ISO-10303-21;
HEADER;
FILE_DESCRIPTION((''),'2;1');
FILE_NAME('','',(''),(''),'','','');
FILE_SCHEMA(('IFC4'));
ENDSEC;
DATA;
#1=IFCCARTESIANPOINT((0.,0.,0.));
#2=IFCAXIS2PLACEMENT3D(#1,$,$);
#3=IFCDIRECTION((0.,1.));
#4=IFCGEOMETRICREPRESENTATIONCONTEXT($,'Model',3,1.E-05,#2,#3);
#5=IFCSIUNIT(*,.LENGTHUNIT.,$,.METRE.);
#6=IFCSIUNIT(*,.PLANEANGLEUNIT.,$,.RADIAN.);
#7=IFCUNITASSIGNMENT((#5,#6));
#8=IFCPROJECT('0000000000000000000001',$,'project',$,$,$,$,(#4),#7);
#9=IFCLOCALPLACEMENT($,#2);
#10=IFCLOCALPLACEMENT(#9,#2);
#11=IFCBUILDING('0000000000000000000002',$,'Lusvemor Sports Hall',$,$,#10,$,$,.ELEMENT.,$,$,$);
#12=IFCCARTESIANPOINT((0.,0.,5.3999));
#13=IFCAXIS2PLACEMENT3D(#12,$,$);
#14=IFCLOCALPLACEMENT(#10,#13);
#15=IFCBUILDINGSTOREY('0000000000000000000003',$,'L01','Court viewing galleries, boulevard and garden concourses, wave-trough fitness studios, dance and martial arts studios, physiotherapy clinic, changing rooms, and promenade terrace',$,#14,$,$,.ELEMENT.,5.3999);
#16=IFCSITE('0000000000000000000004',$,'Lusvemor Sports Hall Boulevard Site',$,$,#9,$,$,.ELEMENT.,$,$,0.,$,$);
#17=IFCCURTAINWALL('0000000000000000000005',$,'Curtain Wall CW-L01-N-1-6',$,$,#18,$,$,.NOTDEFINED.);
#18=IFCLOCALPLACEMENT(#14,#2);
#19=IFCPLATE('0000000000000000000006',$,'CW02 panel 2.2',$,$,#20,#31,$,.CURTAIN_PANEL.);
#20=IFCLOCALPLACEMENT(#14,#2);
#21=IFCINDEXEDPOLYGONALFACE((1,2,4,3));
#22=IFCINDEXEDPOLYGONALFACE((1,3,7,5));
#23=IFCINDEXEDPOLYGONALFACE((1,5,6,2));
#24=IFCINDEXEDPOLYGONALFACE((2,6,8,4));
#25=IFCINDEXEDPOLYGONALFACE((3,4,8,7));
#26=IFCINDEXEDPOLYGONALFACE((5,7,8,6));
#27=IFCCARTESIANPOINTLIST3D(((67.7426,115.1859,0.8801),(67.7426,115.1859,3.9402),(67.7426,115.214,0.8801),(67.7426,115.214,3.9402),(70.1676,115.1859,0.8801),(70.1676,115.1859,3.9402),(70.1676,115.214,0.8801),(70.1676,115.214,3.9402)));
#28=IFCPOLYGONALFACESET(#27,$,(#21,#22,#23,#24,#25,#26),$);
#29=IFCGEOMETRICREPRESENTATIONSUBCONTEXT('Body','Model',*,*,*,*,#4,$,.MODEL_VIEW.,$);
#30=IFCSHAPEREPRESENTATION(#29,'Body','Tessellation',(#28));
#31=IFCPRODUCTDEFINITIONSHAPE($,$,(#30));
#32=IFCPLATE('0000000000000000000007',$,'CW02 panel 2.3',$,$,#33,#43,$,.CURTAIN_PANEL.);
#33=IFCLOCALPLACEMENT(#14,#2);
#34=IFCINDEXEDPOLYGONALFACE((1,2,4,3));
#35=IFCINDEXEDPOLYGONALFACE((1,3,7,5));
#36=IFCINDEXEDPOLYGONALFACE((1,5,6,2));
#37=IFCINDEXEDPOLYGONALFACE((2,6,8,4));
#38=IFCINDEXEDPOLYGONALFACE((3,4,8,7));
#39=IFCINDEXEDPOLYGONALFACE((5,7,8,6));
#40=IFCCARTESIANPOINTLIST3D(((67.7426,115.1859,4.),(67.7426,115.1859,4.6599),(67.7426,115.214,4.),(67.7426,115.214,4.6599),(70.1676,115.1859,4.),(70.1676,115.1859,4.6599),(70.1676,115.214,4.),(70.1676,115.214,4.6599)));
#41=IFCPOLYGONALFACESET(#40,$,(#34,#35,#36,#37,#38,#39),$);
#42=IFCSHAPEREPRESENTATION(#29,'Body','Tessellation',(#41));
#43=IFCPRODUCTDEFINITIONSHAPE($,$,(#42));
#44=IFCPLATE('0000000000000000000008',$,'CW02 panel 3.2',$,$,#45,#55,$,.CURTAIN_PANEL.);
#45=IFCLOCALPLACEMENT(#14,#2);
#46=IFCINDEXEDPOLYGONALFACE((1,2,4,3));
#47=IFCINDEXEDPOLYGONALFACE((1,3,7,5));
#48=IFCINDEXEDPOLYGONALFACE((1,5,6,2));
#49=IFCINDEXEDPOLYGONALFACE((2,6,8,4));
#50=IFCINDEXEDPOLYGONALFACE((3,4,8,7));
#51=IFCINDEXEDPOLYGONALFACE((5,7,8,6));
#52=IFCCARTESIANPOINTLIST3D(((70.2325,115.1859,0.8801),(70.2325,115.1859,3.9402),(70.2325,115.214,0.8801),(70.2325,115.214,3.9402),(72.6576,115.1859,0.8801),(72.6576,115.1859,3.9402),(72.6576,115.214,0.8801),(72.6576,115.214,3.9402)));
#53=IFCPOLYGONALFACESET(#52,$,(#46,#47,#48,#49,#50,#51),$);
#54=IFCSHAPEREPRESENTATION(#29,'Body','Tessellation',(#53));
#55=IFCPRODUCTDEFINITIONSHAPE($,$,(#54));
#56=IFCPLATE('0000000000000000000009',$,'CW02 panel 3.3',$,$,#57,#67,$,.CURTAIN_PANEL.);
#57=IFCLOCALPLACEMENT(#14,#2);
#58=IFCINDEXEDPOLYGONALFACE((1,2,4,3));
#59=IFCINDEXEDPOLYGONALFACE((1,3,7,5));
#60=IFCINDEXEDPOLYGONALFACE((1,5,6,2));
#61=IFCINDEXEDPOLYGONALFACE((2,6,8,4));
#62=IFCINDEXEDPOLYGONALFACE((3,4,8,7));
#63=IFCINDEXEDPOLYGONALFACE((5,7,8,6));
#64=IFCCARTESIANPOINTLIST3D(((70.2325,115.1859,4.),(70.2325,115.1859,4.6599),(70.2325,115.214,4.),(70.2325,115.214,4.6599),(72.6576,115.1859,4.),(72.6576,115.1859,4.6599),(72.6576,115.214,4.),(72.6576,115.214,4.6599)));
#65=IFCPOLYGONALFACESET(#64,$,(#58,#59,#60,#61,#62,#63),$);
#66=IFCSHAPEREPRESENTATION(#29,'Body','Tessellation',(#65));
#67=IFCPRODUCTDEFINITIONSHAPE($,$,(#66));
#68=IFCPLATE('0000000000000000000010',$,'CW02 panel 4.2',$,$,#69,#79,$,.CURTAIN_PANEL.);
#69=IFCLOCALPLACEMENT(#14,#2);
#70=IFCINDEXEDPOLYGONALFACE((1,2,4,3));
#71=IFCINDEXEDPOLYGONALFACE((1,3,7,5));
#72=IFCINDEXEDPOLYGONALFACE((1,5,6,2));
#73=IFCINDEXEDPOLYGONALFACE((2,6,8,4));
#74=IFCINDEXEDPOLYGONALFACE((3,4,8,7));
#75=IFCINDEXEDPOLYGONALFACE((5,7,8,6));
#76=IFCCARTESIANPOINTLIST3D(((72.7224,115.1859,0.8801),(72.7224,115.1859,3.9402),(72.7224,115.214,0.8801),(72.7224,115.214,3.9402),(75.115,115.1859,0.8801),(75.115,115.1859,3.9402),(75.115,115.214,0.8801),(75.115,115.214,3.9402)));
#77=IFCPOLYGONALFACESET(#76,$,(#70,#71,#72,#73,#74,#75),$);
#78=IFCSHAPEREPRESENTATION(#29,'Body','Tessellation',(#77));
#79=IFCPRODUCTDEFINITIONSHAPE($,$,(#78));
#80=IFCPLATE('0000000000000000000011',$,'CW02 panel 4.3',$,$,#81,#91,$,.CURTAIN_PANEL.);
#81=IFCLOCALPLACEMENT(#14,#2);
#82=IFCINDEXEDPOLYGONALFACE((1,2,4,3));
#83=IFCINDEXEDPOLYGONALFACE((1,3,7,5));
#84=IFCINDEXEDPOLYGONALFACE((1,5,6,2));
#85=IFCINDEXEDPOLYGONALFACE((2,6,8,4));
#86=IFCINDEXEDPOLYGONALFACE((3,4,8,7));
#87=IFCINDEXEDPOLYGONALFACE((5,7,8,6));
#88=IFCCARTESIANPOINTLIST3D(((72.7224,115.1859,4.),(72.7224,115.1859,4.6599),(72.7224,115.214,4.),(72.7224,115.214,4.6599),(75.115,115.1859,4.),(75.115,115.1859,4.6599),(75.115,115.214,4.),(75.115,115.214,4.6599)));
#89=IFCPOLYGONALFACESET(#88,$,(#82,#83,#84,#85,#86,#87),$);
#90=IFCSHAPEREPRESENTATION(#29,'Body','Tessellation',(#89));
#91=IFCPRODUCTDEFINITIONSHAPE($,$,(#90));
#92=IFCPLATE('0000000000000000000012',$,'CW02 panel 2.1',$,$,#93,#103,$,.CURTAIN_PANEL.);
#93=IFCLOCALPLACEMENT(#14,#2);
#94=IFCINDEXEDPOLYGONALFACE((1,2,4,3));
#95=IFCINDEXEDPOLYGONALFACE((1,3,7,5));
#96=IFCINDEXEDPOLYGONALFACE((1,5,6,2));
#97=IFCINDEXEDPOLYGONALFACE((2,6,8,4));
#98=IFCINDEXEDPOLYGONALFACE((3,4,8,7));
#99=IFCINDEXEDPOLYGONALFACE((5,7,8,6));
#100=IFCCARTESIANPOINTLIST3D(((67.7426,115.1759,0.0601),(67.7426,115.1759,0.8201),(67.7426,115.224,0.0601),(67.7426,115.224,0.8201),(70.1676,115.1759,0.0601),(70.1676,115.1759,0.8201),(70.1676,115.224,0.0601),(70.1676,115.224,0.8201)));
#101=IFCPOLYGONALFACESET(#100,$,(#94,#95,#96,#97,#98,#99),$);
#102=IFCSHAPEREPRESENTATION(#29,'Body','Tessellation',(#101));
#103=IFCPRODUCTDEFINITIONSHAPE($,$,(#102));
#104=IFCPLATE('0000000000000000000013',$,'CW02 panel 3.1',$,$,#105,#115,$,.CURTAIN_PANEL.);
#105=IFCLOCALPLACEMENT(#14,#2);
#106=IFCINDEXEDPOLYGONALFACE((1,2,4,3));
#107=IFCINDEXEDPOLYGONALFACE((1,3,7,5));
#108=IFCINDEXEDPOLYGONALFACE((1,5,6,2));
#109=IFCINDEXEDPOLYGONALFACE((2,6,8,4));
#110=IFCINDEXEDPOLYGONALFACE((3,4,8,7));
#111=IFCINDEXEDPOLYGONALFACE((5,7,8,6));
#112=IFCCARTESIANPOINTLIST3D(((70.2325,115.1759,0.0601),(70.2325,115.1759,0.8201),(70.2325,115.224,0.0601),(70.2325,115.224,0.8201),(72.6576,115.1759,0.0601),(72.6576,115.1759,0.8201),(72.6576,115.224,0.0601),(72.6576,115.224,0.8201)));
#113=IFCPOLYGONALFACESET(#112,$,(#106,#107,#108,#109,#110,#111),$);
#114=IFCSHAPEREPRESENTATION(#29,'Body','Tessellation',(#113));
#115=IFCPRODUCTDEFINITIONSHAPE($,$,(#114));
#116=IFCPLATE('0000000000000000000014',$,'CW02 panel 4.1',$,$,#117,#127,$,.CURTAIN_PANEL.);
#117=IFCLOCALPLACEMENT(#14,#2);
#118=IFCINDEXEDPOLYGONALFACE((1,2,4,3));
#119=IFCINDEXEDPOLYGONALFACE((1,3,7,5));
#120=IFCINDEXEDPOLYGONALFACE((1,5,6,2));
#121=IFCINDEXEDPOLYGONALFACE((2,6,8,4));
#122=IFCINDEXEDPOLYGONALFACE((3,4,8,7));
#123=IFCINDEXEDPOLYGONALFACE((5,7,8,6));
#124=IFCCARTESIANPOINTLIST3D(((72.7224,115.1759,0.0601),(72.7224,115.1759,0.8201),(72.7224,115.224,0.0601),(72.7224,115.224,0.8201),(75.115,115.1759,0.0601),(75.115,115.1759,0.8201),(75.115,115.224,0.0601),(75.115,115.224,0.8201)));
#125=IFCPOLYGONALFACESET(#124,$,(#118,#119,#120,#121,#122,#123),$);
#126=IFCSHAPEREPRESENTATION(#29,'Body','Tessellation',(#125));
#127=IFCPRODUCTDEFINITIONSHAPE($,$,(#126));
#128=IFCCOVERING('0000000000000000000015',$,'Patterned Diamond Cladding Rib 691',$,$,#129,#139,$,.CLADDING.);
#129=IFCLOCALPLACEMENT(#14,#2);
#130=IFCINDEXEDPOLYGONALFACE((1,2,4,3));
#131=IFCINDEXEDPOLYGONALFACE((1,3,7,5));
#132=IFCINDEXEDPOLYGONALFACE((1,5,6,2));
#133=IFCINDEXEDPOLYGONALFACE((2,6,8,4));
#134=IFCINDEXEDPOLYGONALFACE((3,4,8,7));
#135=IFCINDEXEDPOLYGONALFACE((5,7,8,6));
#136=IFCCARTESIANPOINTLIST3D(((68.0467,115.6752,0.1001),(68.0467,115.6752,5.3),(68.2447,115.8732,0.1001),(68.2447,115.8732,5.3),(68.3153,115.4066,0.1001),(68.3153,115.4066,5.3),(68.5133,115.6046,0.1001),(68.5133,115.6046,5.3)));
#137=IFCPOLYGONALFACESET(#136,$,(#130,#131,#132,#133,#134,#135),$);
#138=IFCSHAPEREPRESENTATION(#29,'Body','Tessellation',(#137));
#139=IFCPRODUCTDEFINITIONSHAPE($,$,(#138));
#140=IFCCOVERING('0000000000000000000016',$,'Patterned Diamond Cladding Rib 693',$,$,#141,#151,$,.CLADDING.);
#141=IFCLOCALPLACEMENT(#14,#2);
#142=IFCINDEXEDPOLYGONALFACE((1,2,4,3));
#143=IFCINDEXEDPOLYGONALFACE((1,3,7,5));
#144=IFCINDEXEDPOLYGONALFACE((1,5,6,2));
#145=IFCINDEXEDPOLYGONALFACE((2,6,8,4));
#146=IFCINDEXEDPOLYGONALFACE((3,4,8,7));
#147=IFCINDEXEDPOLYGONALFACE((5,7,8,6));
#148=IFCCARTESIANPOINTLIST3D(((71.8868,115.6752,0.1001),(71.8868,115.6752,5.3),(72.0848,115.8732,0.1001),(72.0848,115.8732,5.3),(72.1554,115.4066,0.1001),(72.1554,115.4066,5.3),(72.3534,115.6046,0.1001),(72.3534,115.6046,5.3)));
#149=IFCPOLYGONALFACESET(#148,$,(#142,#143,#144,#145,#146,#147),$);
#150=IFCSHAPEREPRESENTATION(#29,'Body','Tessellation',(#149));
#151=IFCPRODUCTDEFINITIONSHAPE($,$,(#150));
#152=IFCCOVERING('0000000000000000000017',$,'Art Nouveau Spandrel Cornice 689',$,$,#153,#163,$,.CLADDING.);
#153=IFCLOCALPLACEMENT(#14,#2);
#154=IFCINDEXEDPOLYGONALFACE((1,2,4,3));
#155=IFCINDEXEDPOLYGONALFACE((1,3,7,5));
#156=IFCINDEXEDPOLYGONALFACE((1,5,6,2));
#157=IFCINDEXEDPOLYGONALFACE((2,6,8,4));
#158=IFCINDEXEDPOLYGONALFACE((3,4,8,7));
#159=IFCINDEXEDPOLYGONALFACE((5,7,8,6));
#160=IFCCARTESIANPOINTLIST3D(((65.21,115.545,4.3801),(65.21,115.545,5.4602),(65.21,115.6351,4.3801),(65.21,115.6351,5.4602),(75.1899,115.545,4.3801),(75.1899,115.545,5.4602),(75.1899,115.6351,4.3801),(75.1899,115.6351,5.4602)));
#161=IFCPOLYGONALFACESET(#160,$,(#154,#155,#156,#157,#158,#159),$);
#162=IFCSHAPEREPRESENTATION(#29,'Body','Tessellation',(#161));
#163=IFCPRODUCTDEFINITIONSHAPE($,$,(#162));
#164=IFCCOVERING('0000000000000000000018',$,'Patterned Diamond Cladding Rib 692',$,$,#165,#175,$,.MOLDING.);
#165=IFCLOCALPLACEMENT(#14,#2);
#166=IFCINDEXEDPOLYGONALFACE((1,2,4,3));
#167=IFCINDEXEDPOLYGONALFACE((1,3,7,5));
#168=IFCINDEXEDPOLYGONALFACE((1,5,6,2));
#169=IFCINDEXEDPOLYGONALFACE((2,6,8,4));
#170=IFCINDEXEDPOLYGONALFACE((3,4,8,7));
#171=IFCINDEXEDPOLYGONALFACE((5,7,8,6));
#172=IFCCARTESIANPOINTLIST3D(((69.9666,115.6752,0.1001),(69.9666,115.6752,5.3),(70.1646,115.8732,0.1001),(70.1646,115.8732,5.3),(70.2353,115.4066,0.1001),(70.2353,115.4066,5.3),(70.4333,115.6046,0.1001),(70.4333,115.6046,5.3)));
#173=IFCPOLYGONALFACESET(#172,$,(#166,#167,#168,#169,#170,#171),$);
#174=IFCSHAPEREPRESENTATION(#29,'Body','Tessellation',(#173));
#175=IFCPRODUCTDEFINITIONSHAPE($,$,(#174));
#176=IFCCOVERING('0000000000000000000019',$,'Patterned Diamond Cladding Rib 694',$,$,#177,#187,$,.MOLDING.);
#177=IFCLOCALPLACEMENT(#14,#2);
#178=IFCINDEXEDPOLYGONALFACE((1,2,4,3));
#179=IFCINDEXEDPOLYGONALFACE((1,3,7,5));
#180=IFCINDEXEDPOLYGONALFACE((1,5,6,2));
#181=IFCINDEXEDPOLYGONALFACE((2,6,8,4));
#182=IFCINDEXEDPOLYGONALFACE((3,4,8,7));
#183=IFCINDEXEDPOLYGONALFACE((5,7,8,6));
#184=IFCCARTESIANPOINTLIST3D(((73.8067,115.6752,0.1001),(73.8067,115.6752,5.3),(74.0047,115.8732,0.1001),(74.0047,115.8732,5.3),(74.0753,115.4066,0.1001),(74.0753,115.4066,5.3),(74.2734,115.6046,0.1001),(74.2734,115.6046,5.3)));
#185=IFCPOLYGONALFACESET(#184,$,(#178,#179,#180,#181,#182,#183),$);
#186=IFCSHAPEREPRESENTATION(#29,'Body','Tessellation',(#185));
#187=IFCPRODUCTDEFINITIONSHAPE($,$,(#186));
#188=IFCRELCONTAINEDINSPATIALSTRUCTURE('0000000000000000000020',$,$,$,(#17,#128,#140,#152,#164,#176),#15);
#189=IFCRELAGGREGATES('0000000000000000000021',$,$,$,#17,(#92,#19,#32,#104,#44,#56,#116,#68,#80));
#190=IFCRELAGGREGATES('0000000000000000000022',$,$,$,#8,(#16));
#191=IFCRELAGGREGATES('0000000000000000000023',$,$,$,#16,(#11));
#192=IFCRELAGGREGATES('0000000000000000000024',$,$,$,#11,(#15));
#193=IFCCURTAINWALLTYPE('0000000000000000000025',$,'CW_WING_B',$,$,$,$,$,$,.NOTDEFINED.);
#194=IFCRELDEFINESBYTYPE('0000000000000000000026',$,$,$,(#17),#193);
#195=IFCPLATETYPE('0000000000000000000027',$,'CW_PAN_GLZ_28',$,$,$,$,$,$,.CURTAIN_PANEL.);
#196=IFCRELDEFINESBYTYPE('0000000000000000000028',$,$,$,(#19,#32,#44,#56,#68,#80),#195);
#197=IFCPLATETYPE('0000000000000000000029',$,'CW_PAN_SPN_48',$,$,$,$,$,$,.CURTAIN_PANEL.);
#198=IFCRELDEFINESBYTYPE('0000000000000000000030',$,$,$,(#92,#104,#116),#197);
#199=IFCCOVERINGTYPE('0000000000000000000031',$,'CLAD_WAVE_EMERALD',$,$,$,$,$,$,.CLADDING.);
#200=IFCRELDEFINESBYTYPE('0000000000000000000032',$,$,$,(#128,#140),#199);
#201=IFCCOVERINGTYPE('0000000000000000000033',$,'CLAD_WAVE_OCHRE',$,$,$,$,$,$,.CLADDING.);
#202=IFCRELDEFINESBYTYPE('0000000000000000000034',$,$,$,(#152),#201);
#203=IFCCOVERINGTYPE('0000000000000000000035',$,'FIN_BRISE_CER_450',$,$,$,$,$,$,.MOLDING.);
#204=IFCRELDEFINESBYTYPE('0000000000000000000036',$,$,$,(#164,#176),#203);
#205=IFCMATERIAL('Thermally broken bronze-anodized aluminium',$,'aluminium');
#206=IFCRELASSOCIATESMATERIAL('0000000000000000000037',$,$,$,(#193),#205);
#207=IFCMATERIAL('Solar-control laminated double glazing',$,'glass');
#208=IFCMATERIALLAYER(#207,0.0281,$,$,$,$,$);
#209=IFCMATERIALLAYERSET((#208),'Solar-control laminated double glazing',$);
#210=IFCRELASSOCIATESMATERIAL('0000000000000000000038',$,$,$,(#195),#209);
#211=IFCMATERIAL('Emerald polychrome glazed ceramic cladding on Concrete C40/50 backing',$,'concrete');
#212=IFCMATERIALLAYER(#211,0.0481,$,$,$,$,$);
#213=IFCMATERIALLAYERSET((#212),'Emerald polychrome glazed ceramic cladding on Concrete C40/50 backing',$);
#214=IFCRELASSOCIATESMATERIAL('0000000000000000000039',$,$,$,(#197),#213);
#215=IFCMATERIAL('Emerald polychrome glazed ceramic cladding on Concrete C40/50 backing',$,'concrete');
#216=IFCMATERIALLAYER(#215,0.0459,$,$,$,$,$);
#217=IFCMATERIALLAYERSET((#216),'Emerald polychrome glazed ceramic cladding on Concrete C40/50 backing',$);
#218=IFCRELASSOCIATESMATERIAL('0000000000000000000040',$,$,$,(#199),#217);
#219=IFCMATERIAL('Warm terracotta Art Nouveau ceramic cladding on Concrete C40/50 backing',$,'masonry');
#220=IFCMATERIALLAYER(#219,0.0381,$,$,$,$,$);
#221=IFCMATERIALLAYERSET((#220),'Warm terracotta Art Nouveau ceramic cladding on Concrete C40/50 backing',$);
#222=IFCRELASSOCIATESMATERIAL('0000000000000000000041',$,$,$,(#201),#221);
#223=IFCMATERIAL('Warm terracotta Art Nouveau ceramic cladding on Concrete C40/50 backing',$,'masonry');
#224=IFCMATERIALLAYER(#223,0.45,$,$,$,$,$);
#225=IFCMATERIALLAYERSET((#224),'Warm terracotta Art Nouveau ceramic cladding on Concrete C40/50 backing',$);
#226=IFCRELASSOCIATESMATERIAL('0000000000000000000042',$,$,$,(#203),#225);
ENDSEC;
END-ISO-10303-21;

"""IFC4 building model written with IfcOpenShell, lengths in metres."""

from ifc_helpers import new_model, si_unit, direction, frame, origin, origin_2d, place, context, subcontext, project, spatial, rectangle, extrude, material, layer, layer_set, type_object, element, aggregate, save


model = new_model("IFC4")

# Units and contexts
model_context = context("Model", 3, precision=1e-05, world=origin(), true_north=direction((0.0, 1.0)))
body_context = subcontext(model_context, "Body", "Model", "MODEL_VIEW")
ifc_project = project(units=[si_unit("LENGTHUNIT", "METRE"), si_unit("PLANEANGLEUNIT", "RADIAN")], contexts=[model_context])

# Site, building, storey
site_placement = place(None, origin())
site = spatial("IfcSite", under=ifc_project, at=site_placement, Name="Lusvemor Sports Hall Boulevard Site", CompositionType="ELEMENT", RefElevation=0.0)
building_placement = place(site_placement, origin())
building = spatial("IfcBuilding", under=site, at=building_placement, Name="Lusvemor Sports Hall", CompositionType="ELEMENT")
storey_placement = place(building_placement, frame((0.0, 0.0, 5.3999)))
storey = spatial("IfcBuildingStorey", under=building, at=storey_placement, Name="L01", Description="Court viewing galleries, boulevard and garden concourses, wave-trough fitness studios, dance and martial arts studios, physiotherapy clinic, changing rooms, and promenade terrace", CompositionType="ELEMENT", Elevation=5.3999)

# Curtain wall
ifc_material_1 = material(Name="Thermally broken bronze-anodized aluminium", Category="aluminium")
curtain_wall_type = type_object("IfcCurtainWallType", Name="CW_WING_B", PredefinedType="NOTDEFINED", material=ifc_material_1)
curtain_wall_placement = place(storey_placement, origin())
curtain_wall = element("IfcCurtainWall", 1, at=curtain_wall_placement, inside=storey, type_object=curtain_wall_type, Name="Curtain Wall CW-L01-N-1-6", PredefinedType="NOTDEFINED")

# Plates
ifc_material_2 = material(Name="Solar-control laminated double glazing", Category="glass")
ifc_layer_1 = layer(ifc_material_2, 0.0281)
ifc_layer_set_1 = layer_set([ifc_layer_1], Name="Solar-control laminated double glazing")
plate_type_1 = type_object("IfcPlateType", Name="CW_PAN_GLZ_28", PredefinedType="CURTAIN_PANEL", material=ifc_layer_set_1)
plate_1_placement = place(storey_placement, frame((68.9551, 115.2, 0.8801), z_axis=(0.0, 0.0, 1.0), x_axis=(1.0, 0.0, 0.0)))
plate_1 = element("IfcPlate", 2, at=plate_1_placement, type_object=plate_type_1, Name="CW02 panel 2.2", PredefinedType="CURTAIN_PANEL", context=body_context, shape_type="SweptSolid", body=[
    extrude(rectangle(XDim=2.425, YDim=0.0281, at=origin_2d()), origin(), (0.0, 0.0, 1.0), 3.0601),
])
plate_2_placement = place(storey_placement, frame((68.9551, 115.2, 4.0), z_axis=(0.0, 0.0, 1.0), x_axis=(1.0, 0.0, 0.0)))
plate_2 = element("IfcPlate", 3, at=plate_2_placement, type_object=plate_type_1, Name="CW02 panel 2.3", PredefinedType="CURTAIN_PANEL", context=body_context, shape_type="SweptSolid", body=[
    extrude(rectangle(XDim=2.425, YDim=0.0281, at=origin_2d()), origin(), (0.0, 0.0, 1.0), 0.6599),
])
plate_3_placement = place(storey_placement, frame((71.4451, 115.2, 0.8801), z_axis=(0.0, 0.0, 1.0), x_axis=(1.0, 0.0, 0.0)))
plate_3 = element("IfcPlate", 4, at=plate_3_placement, type_object=plate_type_1, Name="CW02 panel 3.2", PredefinedType="CURTAIN_PANEL", context=body_context, shape_type="SweptSolid", body=[
    extrude(rectangle(XDim=2.425, YDim=0.0281, at=origin_2d()), origin(), (0.0, 0.0, 1.0), 3.0601),
])
plate_4_placement = place(storey_placement, frame((71.4451, 115.2, 4.0), z_axis=(0.0, 0.0, 1.0), x_axis=(1.0, 0.0, 0.0)))
plate_4 = element("IfcPlate", 5, at=plate_4_placement, type_object=plate_type_1, Name="CW02 panel 3.3", PredefinedType="CURTAIN_PANEL", context=body_context, shape_type="SweptSolid", body=[
    extrude(rectangle(XDim=2.425, YDim=0.0281, at=origin_2d()), origin(), (0.0, 0.0, 1.0), 0.6599),
])
plate_5_placement = place(storey_placement, frame((73.9187, 115.2, 0.8801), z_axis=(0.0, 0.0, 1.0), x_axis=(1.0, 0.0, 0.0)))
plate_5 = element("IfcPlate", 6, at=plate_5_placement, type_object=plate_type_1, Name="CW02 panel 4.2", PredefinedType="CURTAIN_PANEL", context=body_context, shape_type="SweptSolid", body=[
    extrude(rectangle(XDim=2.3926, YDim=0.0281, at=origin_2d()), origin(), (0.0, 0.0, 1.0), 3.0601),
])
plate_6_placement = place(storey_placement, frame((73.9187, 115.2, 4.0), z_axis=(0.0, 0.0, 1.0), x_axis=(1.0, 0.0, 0.0)))
plate_6 = element("IfcPlate", 7, at=plate_6_placement, type_object=plate_type_1, Name="CW02 panel 4.3", PredefinedType="CURTAIN_PANEL", context=body_context, shape_type="SweptSolid", body=[
    extrude(rectangle(XDim=2.3926, YDim=0.0281, at=origin_2d()), origin(), (0.0, 0.0, 1.0), 0.6599),
])
ifc_material_3 = material(Name="Emerald polychrome glazed ceramic cladding on Concrete C40/50 backing", Category="concrete")
ifc_layer_2 = layer(ifc_material_3, 0.0481)
ifc_layer_set_2 = layer_set([ifc_layer_2], Name="Emerald polychrome glazed ceramic cladding on Concrete C40/50 backing")
plate_type_2 = type_object("IfcPlateType", Name="CW_PAN_SPN_48", PredefinedType="CURTAIN_PANEL", material=ifc_layer_set_2)
plate_7_placement = place(storey_placement, frame((68.9551, 115.2, 0.0601), z_axis=(0.0, 0.0, 1.0), x_axis=(1.0, 0.0, 0.0)))
plate_7 = element("IfcPlate", 8, at=plate_7_placement, type_object=plate_type_2, Name="CW02 panel 2.1", PredefinedType="CURTAIN_PANEL", context=body_context, shape_type="SweptSolid", body=[
    extrude(rectangle(XDim=2.425, YDim=0.0481, at=origin_2d()), origin(), (0.0, 0.0, 1.0), 0.76),
])
plate_8_placement = place(storey_placement, frame((71.4451, 115.2, 0.0601), z_axis=(0.0, 0.0, 1.0), x_axis=(1.0, 0.0, 0.0)))
plate_8 = element("IfcPlate", 9, at=plate_8_placement, type_object=plate_type_2, Name="CW02 panel 3.1", PredefinedType="CURTAIN_PANEL", context=body_context, shape_type="SweptSolid", body=[
    extrude(rectangle(XDim=2.425, YDim=0.0481, at=origin_2d()), origin(), (0.0, 0.0, 1.0), 0.76),
])
plate_9_placement = place(storey_placement, frame((73.9187, 115.2, 0.0601), z_axis=(0.0, 0.0, 1.0), x_axis=(1.0, 0.0, 0.0)))
plate_9 = element("IfcPlate", 10, at=plate_9_placement, type_object=plate_type_2, Name="CW02 panel 4.1", PredefinedType="CURTAIN_PANEL", context=body_context, shape_type="SweptSolid", body=[
    extrude(rectangle(XDim=2.3926, YDim=0.0481, at=origin_2d()), origin(), (0.0, 0.0, 1.0), 0.76),
])
aggregate(curtain_wall, [plate_7, plate_1, plate_2, plate_8, plate_3, plate_4, plate_9, plate_5, plate_6])

# Coverings
ifc_material_4 = material(Name="Emerald polychrome glazed ceramic cladding on Concrete C40/50 backing", Category="concrete")
ifc_layer_3 = layer(ifc_material_4, 0.0459)
ifc_layer_set_3 = layer_set([ifc_layer_3], Name="Emerald polychrome glazed ceramic cladding on Concrete C40/50 backing")
covering_type_1 = type_object("IfcCoveringType", Name="CLAD_WAVE_EMERALD", PredefinedType="CLADDING", material=ifc_layer_set_3)
for number, where, z_axis, x_axis, name in (
    (11, (68.28, 115.6399, 0.1001), (0.0, 0.0, 1.0), (0.707107, 0.707107, 0.0), "Patterned Diamond Cladding Rib 691"),
    (12, (72.1201, 115.6399, 0.1001), (0.0, 0.0, 1.0), (0.707107, 0.707107, 0.0), "Patterned Diamond Cladding Rib 693"),
):
    element("IfcCovering", number, at=place(storey_placement, frame(where, z_axis=z_axis, x_axis=x_axis)), inside=storey, type_object=covering_type_1, Name=name, PredefinedType="CLADDING", context=body_context, shape_type="SweptSolid", body=[
        extrude(rectangle(XDim=0.28, YDim=0.3799, at=origin_2d()), origin(), (0.0, 0.0, 1.0), 5.2),
    ])
ifc_material_5 = material(Name="Warm terracotta Art Nouveau ceramic cladding on Concrete C40/50 backing", Category="masonry")
ifc_layer_4 = layer(ifc_material_5, 0.0381)
ifc_layer_set_4 = layer_set([ifc_layer_4], Name="Warm terracotta Art Nouveau ceramic cladding on Concrete C40/50 backing")
covering_type_2 = type_object("IfcCoveringType", Name="CLAD_WAVE_OCHRE", PredefinedType="CLADDING", material=ifc_layer_set_4)
covering_placement = place(storey_placement, frame((70.2, 115.5901, 4.3801), z_axis=(0.0, 0.0, 1.0), x_axis=(1.0, 0.0, 0.0)))
element("IfcCovering", 13, at=covering_placement, inside=storey, type_object=covering_type_2, Name="Art Nouveau Spandrel Cornice 689", PredefinedType="CLADDING", context=body_context, shape_type="SweptSolid", body=[
    extrude(rectangle(XDim=9.98, YDim=0.0901, at=origin_2d()), origin(), (0.0, 0.0, 1.0), 1.0801),
])
ifc_material_6 = material(Name="Warm terracotta Art Nouveau ceramic cladding on Concrete C40/50 backing", Category="masonry")
ifc_layer_5 = layer(ifc_material_6, 0.45)
ifc_layer_set_5 = layer_set([ifc_layer_5], Name="Warm terracotta Art Nouveau ceramic cladding on Concrete C40/50 backing")
covering_type_3 = type_object("IfcCoveringType", Name="FIN_BRISE_CER_450", PredefinedType="MOLDING", material=ifc_layer_set_5)
for number, where, z_axis, x_axis, name in (
    (14, (70.2, 115.6399, 0.1001), (0.0, 0.0, 1.0), (0.707107, 0.707107, 0.0), "Patterned Diamond Cladding Rib 692"),
    (15, (74.04, 115.6399, 0.1001), (0.0, 0.0, 1.0), (0.707107, 0.707107, 0.0), "Patterned Diamond Cladding Rib 694"),
):
    element("IfcCovering", number, at=place(storey_placement, frame(where, z_axis=z_axis, x_axis=x_axis)), inside=storey, type_object=covering_type_3, Name=name, PredefinedType="MOLDING", context=body_context, shape_type="SweptSolid", body=[
        extrude(rectangle(XDim=0.28, YDim=0.3799, at=origin_2d()), origin(), (0.0, 0.0, 1.0), 5.2),
    ])

save(model, "model.ifc")
